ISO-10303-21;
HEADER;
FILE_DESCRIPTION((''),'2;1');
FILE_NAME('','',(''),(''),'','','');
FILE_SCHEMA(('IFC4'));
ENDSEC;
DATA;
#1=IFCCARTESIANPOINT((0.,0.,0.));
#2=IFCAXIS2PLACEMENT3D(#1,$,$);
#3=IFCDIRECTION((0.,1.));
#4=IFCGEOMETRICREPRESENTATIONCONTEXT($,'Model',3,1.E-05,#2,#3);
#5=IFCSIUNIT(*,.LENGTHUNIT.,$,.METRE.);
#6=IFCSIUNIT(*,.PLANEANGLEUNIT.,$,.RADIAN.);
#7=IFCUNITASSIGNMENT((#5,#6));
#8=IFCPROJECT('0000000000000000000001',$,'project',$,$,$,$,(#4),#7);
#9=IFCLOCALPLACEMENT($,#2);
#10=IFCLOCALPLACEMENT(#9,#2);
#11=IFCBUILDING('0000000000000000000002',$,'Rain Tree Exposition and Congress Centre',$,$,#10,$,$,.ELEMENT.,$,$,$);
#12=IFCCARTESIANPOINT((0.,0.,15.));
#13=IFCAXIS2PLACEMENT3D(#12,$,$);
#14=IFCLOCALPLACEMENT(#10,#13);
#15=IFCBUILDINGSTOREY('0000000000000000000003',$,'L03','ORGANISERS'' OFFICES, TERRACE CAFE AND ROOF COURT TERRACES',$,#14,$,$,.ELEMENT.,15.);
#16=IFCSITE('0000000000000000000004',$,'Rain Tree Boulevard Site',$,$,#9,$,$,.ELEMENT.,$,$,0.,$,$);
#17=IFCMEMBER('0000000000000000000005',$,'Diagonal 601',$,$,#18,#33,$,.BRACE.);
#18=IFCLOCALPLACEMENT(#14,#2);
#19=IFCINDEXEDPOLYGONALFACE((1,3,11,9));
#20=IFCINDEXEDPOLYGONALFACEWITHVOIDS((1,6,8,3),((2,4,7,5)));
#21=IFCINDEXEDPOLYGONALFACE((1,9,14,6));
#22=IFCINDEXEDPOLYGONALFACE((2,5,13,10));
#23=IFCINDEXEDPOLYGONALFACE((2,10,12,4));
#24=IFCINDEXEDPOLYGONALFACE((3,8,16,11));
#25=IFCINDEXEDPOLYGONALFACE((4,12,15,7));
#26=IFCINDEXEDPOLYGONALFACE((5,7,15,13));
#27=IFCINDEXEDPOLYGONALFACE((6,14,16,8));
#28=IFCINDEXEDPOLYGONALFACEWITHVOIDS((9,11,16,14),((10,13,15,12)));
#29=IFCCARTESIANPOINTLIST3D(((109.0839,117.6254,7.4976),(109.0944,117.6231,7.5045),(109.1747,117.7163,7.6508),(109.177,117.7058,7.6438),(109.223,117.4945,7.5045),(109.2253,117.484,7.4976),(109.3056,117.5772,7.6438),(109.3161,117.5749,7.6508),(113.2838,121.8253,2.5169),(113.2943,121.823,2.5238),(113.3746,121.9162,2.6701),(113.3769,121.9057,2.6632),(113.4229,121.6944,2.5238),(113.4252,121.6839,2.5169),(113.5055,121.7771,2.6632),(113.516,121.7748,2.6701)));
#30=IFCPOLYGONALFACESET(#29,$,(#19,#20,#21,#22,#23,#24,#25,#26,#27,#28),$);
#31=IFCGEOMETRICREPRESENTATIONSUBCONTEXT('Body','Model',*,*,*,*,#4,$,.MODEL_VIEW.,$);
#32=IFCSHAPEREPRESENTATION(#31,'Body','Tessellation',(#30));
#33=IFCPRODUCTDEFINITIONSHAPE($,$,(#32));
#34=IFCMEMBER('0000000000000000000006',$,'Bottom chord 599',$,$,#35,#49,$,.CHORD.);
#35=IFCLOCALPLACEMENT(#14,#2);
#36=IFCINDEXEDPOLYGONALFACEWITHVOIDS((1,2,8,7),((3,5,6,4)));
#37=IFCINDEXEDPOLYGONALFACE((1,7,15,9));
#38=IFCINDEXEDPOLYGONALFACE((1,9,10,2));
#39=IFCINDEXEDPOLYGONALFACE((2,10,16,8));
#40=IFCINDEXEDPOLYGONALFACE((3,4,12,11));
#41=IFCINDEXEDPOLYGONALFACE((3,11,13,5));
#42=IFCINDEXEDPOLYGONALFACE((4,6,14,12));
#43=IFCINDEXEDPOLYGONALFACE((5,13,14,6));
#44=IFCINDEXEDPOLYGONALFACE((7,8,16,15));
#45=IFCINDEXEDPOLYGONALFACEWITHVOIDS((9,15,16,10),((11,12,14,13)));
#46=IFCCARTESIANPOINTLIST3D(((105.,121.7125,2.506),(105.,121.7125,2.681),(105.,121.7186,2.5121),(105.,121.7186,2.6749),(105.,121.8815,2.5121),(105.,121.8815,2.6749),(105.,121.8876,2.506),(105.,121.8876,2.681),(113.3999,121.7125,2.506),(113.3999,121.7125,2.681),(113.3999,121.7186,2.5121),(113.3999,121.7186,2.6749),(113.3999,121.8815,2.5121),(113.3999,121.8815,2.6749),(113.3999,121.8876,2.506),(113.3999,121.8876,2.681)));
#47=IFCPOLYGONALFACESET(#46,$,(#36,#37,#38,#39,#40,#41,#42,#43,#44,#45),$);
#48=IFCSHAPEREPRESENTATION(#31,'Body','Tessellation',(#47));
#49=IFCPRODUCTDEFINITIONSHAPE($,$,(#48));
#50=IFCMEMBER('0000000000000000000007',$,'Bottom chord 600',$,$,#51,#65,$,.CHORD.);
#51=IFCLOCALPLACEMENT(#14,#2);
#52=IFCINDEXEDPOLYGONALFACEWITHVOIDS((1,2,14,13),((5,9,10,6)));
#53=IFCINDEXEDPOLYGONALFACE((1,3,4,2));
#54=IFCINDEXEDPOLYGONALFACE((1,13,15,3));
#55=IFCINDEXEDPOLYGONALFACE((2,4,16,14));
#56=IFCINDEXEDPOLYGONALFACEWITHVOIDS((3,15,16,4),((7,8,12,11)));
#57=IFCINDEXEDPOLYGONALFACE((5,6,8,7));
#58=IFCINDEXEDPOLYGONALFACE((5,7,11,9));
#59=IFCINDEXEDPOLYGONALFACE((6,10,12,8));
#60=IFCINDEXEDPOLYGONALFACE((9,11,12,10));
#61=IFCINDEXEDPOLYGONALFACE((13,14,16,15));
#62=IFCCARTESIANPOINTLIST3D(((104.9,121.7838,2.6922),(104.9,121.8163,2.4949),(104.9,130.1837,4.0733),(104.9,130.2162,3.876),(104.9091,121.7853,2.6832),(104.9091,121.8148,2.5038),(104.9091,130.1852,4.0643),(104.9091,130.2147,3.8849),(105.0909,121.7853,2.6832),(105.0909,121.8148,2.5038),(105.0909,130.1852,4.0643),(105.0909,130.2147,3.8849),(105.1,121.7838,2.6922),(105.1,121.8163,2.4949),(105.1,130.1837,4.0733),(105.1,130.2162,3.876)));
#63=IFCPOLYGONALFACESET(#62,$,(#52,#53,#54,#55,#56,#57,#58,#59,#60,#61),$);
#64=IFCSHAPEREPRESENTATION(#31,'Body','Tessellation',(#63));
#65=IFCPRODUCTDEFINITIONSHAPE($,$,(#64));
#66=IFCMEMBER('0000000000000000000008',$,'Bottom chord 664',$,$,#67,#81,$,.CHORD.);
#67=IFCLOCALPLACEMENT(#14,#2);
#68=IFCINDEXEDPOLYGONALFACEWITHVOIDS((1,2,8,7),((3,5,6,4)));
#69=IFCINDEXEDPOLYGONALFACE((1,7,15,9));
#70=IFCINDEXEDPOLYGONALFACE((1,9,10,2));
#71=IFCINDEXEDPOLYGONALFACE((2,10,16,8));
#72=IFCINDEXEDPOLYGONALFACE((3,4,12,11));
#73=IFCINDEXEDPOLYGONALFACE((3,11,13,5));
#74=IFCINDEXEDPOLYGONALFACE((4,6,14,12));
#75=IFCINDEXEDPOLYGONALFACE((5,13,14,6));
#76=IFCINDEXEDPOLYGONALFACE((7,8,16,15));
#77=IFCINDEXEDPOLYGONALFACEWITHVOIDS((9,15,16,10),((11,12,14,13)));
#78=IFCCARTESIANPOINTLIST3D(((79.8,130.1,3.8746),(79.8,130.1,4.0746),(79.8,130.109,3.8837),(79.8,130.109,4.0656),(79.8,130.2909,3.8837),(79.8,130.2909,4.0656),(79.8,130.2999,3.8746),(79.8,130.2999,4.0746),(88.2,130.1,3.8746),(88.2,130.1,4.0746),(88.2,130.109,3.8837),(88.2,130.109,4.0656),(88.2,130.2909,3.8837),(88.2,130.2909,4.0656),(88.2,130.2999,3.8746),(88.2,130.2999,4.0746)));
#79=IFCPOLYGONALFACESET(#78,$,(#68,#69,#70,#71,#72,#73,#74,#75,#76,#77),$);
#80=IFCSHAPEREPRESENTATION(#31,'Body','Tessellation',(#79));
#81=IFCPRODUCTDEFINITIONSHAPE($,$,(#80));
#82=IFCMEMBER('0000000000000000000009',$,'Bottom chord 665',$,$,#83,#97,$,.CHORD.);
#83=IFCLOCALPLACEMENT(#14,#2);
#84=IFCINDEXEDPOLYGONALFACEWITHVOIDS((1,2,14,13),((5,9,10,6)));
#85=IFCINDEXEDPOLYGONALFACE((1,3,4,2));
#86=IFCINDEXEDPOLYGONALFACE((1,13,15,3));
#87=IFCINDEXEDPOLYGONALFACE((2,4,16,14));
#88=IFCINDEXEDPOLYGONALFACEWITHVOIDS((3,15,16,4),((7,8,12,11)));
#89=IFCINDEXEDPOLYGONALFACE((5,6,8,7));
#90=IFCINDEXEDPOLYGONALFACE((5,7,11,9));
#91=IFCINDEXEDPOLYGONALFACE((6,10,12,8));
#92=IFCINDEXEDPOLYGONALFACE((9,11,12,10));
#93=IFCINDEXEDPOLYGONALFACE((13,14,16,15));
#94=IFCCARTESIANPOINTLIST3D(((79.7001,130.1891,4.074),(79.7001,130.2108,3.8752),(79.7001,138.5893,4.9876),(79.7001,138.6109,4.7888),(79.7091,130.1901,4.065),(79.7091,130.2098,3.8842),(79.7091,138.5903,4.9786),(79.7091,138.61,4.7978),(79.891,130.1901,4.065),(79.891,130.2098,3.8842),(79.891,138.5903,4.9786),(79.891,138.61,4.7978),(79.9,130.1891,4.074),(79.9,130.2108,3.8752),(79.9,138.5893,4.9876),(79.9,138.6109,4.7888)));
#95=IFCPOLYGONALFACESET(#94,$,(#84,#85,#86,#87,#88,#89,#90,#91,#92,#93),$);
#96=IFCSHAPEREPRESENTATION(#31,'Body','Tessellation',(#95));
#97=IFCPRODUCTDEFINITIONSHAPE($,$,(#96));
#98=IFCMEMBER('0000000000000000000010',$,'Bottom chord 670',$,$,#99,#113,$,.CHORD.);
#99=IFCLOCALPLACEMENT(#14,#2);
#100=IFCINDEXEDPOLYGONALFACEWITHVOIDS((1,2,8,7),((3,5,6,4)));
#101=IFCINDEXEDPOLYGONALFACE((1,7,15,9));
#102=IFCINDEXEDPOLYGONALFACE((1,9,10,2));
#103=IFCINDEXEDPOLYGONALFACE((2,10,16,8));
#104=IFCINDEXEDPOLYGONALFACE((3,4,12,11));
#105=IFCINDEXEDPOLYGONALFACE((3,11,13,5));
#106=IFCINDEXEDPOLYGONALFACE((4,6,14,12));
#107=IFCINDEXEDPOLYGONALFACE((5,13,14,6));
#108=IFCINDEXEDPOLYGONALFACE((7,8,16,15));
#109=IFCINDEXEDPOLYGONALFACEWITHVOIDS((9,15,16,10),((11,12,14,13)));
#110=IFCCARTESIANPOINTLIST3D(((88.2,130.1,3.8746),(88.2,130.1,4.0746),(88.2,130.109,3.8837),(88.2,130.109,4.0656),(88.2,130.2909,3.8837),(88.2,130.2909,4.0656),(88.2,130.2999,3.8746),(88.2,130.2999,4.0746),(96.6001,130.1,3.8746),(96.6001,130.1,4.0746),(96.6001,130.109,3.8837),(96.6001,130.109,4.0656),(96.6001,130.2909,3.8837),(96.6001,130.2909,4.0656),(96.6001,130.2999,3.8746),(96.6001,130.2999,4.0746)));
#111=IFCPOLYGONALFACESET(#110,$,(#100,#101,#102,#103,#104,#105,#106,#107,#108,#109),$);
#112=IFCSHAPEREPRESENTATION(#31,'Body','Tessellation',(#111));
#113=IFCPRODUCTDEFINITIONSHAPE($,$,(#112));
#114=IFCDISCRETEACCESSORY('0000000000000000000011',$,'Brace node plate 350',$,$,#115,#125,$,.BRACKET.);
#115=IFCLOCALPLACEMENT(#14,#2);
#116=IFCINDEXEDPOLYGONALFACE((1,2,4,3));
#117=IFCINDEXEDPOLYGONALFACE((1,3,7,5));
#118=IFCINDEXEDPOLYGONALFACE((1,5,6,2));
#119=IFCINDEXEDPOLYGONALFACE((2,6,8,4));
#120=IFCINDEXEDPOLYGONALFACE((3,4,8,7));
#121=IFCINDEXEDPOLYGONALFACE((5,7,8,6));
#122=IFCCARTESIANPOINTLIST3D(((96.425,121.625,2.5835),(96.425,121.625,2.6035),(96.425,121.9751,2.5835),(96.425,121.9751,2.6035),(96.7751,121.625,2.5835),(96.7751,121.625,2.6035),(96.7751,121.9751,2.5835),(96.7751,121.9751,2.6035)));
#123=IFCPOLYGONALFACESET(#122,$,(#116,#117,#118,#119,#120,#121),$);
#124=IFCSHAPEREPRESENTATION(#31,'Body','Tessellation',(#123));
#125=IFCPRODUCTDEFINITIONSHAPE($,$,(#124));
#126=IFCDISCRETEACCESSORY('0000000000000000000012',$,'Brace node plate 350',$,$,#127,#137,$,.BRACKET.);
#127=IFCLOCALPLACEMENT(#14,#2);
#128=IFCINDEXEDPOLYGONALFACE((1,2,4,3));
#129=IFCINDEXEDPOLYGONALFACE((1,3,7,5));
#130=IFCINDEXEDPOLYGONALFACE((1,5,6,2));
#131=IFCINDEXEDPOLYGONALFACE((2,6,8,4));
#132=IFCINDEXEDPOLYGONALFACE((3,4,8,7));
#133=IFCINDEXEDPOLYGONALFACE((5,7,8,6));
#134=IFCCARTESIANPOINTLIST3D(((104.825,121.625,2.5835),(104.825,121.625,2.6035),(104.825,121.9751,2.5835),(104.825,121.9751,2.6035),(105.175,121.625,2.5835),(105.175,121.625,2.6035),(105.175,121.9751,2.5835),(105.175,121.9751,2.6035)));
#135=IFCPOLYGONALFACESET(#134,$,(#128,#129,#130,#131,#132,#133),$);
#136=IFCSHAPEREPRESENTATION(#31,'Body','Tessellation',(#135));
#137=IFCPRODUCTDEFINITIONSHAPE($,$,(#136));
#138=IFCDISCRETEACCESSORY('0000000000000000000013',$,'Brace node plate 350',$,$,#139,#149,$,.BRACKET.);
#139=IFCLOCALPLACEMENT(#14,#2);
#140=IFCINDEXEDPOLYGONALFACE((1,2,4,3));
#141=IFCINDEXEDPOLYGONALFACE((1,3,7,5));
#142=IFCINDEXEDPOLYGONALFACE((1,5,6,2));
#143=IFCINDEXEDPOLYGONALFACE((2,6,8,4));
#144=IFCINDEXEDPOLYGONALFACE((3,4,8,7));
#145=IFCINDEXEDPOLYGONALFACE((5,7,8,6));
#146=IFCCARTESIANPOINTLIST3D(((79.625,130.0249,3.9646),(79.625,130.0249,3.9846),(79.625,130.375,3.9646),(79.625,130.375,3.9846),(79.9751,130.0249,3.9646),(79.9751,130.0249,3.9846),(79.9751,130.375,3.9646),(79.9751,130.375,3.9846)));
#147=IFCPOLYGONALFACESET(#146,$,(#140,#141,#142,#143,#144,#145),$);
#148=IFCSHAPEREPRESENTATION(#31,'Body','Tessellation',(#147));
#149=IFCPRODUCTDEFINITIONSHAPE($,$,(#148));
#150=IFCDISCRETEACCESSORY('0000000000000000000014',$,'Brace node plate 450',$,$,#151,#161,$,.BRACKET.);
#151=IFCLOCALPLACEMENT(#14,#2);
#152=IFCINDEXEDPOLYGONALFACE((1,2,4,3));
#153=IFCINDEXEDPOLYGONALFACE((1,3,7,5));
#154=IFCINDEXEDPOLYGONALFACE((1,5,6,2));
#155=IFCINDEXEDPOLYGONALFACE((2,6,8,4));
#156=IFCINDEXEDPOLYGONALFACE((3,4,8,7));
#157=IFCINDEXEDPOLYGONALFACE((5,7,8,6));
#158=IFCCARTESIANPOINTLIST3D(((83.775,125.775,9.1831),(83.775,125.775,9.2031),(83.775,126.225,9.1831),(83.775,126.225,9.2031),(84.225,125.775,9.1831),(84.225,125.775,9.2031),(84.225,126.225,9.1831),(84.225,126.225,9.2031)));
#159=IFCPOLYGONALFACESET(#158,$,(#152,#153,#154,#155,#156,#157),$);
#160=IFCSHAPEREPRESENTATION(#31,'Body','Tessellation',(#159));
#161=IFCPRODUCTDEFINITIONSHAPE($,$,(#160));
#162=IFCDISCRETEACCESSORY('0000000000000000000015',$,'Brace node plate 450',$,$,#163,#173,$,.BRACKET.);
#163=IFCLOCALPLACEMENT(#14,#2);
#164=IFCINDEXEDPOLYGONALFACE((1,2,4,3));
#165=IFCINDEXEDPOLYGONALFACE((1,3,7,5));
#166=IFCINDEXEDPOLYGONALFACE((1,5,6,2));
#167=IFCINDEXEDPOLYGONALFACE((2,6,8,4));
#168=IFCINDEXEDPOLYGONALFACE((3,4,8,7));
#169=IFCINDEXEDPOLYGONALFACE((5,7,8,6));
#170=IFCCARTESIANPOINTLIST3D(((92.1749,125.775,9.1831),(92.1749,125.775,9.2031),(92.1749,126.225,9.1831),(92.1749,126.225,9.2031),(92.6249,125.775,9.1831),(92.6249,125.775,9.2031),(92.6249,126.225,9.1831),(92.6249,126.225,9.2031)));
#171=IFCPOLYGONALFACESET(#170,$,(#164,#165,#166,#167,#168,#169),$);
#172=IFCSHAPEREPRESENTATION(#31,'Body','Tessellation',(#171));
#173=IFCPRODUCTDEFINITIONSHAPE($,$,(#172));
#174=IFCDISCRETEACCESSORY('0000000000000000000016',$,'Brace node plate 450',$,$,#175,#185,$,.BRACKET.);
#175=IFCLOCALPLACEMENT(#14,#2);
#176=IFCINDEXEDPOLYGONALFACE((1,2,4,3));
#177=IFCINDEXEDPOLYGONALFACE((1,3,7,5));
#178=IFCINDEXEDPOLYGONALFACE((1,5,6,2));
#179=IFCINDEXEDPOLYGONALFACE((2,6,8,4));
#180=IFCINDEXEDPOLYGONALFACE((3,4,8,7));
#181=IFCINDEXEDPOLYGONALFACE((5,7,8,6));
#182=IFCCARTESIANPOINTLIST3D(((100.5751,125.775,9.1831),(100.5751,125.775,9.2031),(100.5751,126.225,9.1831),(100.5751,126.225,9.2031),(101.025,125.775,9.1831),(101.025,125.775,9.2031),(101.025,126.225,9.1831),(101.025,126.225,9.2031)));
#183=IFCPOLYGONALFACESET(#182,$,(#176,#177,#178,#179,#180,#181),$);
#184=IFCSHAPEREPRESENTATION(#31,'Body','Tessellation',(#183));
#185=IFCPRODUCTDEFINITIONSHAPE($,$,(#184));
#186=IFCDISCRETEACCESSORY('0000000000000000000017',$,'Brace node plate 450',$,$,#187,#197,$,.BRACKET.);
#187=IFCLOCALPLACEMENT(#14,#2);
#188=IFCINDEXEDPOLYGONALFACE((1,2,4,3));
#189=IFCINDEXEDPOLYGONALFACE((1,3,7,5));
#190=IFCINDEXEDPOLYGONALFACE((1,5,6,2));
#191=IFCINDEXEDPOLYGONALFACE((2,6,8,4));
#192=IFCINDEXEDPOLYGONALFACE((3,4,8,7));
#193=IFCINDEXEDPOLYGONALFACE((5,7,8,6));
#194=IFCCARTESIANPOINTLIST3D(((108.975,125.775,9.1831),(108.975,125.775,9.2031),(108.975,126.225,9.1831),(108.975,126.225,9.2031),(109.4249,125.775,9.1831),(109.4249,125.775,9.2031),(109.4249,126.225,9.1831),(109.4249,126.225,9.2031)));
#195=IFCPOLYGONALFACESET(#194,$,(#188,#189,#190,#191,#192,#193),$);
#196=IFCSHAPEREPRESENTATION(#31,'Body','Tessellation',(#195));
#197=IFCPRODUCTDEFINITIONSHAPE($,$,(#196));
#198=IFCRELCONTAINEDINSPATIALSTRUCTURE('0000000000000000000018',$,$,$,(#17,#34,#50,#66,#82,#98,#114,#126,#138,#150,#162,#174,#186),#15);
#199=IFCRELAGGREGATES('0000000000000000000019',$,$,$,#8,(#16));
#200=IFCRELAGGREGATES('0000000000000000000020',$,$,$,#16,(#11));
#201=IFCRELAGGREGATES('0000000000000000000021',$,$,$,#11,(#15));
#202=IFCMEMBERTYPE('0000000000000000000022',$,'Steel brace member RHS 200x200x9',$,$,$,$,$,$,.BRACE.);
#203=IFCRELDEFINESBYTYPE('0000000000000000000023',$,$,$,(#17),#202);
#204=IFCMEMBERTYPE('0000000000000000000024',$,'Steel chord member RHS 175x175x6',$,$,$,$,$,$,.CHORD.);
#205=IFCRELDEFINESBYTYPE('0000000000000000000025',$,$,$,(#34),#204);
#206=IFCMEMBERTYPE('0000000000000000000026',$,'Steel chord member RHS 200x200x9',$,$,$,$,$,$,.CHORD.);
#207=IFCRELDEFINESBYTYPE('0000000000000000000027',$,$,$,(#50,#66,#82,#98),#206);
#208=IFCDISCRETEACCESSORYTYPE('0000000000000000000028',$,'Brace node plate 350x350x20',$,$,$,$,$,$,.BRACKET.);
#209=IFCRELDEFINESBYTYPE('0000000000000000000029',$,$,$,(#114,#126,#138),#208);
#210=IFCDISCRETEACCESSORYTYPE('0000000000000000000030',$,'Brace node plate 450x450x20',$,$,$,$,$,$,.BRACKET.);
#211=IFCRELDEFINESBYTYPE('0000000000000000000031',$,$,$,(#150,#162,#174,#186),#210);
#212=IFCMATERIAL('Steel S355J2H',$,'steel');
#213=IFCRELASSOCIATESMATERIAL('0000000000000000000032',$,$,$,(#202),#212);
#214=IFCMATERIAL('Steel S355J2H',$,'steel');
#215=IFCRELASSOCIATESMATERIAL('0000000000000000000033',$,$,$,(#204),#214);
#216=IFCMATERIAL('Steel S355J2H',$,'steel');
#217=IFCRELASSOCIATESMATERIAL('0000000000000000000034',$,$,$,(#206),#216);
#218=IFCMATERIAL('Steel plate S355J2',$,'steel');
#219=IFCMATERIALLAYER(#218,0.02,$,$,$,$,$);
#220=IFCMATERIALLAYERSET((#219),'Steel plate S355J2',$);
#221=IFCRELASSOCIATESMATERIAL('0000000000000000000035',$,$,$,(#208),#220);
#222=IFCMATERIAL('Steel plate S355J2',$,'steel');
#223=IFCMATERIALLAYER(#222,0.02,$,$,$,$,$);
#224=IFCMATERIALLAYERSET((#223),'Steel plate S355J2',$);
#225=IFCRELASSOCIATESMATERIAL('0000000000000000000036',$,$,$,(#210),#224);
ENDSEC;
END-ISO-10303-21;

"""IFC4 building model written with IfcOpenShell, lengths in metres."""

from ifc_helpers import new_model, si_unit, direction, frame, origin, origin_2d, place, context, subcontext, project, spatial, rectangle, hollow_rectangle, extrude, material, layer, layer_set, material_profile, profile_set, type_object, element, save


model = new_model("IFC4")

# Units and contexts
model_context = context("Model", 3, precision=1e-05, world=origin(), true_north=direction((0.0, 1.0)))
body_context = subcontext(model_context, "Body", "Model", "MODEL_VIEW")
ifc_project = project(units=[si_unit("LENGTHUNIT", "METRE"), si_unit("PLANEANGLEUNIT", "RADIAN")], contexts=[model_context])

# Site, building, storey
site_placement = place(None, origin())
site = spatial("IfcSite", under=ifc_project, at=site_placement, Name="Rain Tree Boulevard Site", CompositionType="ELEMENT", RefElevation=0.0)
building_placement = place(site_placement, origin())
building = spatial("IfcBuilding", under=site, at=building_placement, Name="Rain Tree Exposition and Congress Centre", CompositionType="ELEMENT")
storey_placement = place(building_placement, frame((0.0, 0.0, 15.0)))
storey = spatial("IfcBuildingStorey", under=building, at=storey_placement, Name="L03", Description="ORGANISERS' OFFICES, TERRACE CAFE AND ROOF COURT TERRACES", CompositionType="ELEMENT", Elevation=15.0)

# Members
ifc_material_1 = material(Name="Steel S355J2H", Category="steel")
ifc_material_profile_1 = material_profile(ifc_material_1, hollow_rectangle(XDim=0.2, YDim=0.2, WallThickness=0.009, at=origin_2d()), Name="RHS 200x200x9")
ifc_profile_set_1 = profile_set([ifc_material_profile_1], Name="Steel S355J2H")
member_type_1 = type_object("IfcMemberType", Name="Steel brace member RHS 200x200x9", PredefinedType="BRACE", material=ifc_profile_set_1)
member_1_placement = place(storey_placement, frame((113.3999, 121.8, 2.5935), z_axis=(-0.54182, -0.54182, 0.642543), x_axis=(0.707107, -0.707107, 0.0)))
element("IfcMember", 1, at=member_1_placement, inside=storey, type_object=member_type_1, Name="Diagonal 601", PredefinedType="BRACE", context=body_context, shape_type="SweptSolid", body=[
    extrude(hollow_rectangle(XDim=0.2, YDim=0.2, WallThickness=0.009, at=origin_2d()), origin(), (0.0, 0.0, 1.0), 7.7515),
])
ifc_material_2 = material(Name="Steel S355J2H", Category="steel")
ifc_material_profile_2 = material_profile(ifc_material_2, hollow_rectangle(XDim=0.175, YDim=0.175, WallThickness=0.0061, at=origin_2d()), Name="RHS 175x175x6")
ifc_profile_set_2 = profile_set([ifc_material_profile_2], Name="Steel S355J2H")
member_type_2 = type_object("IfcMemberType", Name="Steel chord member RHS 175x175x6", PredefinedType="CHORD", material=ifc_profile_set_2)
member_2_placement = place(storey_placement, frame((105.0, 121.8, 2.5935), z_axis=(1.0, 0.0, 0.0), x_axis=(0.0, 1.0, 0.0)))
element("IfcMember", 2, at=member_2_placement, inside=storey, type_object=member_type_2, Name="Bottom chord 599", PredefinedType="CHORD", context=body_context, shape_type="SweptSolid", body=[
    extrude(hollow_rectangle(XDim=0.175, YDim=0.175, WallThickness=0.0061, at=origin_2d()), origin(), (0.0, 0.0, 1.0), 8.3999),
])
ifc_material_3 = material(Name="Steel S355J2H", Category="steel")
ifc_material_profile_3 = material_profile(ifc_material_3, hollow_rectangle(XDim=0.2, YDim=0.2, WallThickness=0.009, at=origin_2d()), Name="RHS 200x200x9")
ifc_profile_set_3 = profile_set([ifc_material_profile_3], Name="Steel S355J2H")
member_type_3 = type_object("IfcMemberType", Name="Steel chord member RHS 200x200x9", PredefinedType="CHORD", material=ifc_profile_set_3)
member_3_placement = place(storey_placement, frame((105.0, 121.8, 2.5935), z_axis=(0.0, 0.986751, 0.162241), x_axis=(-1.0, 0.0, 0.0)))
element("IfcMember", 3, at=member_3_placement, inside=storey, type_object=member_type_3, Name="Bottom chord 600", PredefinedType="CHORD", context=body_context, shape_type="SweptSolid", body=[
    extrude(hollow_rectangle(XDim=0.2, YDim=0.2, WallThickness=0.009, at=origin_2d()), origin(), (0.0, 0.0, 1.0), 8.5127),
])
member_4_placement = place(storey_placement, frame((79.8, 130.2, 3.9746), z_axis=(1.0, 0.0, 0.0), x_axis=(0.0, 1.0, 0.0)))
element("IfcMember", 4, at=member_4_placement, inside=storey, type_object=member_type_3, Name="Bottom chord 664", PredefinedType="CHORD", context=body_context, shape_type="SweptSolid", body=[
    extrude(hollow_rectangle(XDim=0.2, YDim=0.2, WallThickness=0.009, at=origin_2d()), origin(), (0.0, 0.0, 1.0), 8.3999),
])
member_5_placement = place(storey_placement, frame((79.8, 130.2, 3.9746), z_axis=(0.0, 0.994138, 0.108119), x_axis=(-1.0, 0.0, 0.0)))
element("IfcMember", 5, at=member_5_placement, inside=storey, type_object=member_type_3, Name="Bottom chord 665", PredefinedType="CHORD", context=body_context, shape_type="SweptSolid", body=[
    extrude(hollow_rectangle(XDim=0.2, YDim=0.2, WallThickness=0.009, at=origin_2d()), origin(), (0.0, 0.0, 1.0), 8.4497),
])
member_6_placement = place(storey_placement, frame((88.2, 130.2, 3.9746), z_axis=(1.0, 0.0, 0.0), x_axis=(0.0, 1.0, 0.0)))
element("IfcMember", 6, at=member_6_placement, inside=storey, type_object=member_type_3, Name="Bottom chord 670", PredefinedType="CHORD", context=body_context, shape_type="SweptSolid", body=[
    extrude(hollow_rectangle(XDim=0.2, YDim=0.2, WallThickness=0.009, at=origin_2d()), origin(), (0.0, 0.0, 1.0), 8.4001),
])

# Discrete accessories
ifc_material_4 = material(Name="Steel plate S355J2", Category="steel")
ifc_layer_1 = layer(ifc_material_4, 0.02)
ifc_layer_set_1 = layer_set([ifc_layer_1], Name="Steel plate S355J2")
discrete_accessory_type_1 = type_object("IfcDiscreteAccessoryType", Name="Brace node plate 350x350x20", PredefinedType="BRACKET", material=ifc_layer_set_1)
for number, where, z_axis, x_axis, name in (
    (7, (96.6001, 121.8, 2.5835), (0.0, 0.0, 1.0), (1.0, 0.0, 0.0), "Brace node plate 350"),
    (8, (105.0, 121.8, 2.5835), (0.0, 0.0, 1.0), (1.0, 0.0, 0.0), "Brace node plate 350"),
    (9, (79.8, 130.2, 3.9646), (0.0, 0.0, 1.0), (1.0, 0.0, 0.0), "Brace node plate 350"),
):
    element("IfcDiscreteAccessory", number, at=place(storey_placement, frame(where, z_axis=z_axis, x_axis=x_axis)), inside=storey, type_object=discrete_accessory_type_1, Name=name, PredefinedType="BRACKET", context=body_context, shape_type="SweptSolid", body=[
        extrude(rectangle(XDim=0.3501, YDim=0.3501, at=origin_2d()), origin(), (0.0, 0.0, 1.0), 0.02),
    ])
ifc_material_5 = material(Name="Steel plate S355J2", Category="steel")
ifc_layer_2 = layer(ifc_material_5, 0.02)
ifc_layer_set_2 = layer_set([ifc_layer_2], Name="Steel plate S355J2")
discrete_accessory_type_2 = type_object("IfcDiscreteAccessoryType", Name="Brace node plate 450x450x20", PredefinedType="BRACKET", material=ifc_layer_set_2)
for number, where, z_axis, x_axis, name in (
    (10, (84.0, 126.0, 9.1831), (0.0, 0.0, 1.0), (1.0, 0.0, 0.0), "Brace node plate 450"),
    (11, (92.3999, 126.0, 9.1831), (0.0, 0.0, 1.0), (1.0, 0.0, 0.0), "Brace node plate 450"),
    (12, (100.8, 126.0, 9.1831), (0.0, 0.0, 1.0), (1.0, 0.0, 0.0), "Brace node plate 450"),
    (13, (109.2, 126.0, 9.1831), (0.0, 0.0, 1.0), (1.0, 0.0, 0.0), "Brace node plate 450"),
):
    element("IfcDiscreteAccessory", number, at=place(storey_placement, frame(where, z_axis=z_axis, x_axis=x_axis)), inside=storey, type_object=discrete_accessory_type_2, Name=name, PredefinedType="BRACKET", context=body_context, shape_type="SweptSolid", body=[
        extrude(rectangle(XDim=0.45, YDim=0.45, at=origin_2d()), origin(), (0.0, 0.0, 1.0), 0.02),
    ])

save(model, "model.ifc")
